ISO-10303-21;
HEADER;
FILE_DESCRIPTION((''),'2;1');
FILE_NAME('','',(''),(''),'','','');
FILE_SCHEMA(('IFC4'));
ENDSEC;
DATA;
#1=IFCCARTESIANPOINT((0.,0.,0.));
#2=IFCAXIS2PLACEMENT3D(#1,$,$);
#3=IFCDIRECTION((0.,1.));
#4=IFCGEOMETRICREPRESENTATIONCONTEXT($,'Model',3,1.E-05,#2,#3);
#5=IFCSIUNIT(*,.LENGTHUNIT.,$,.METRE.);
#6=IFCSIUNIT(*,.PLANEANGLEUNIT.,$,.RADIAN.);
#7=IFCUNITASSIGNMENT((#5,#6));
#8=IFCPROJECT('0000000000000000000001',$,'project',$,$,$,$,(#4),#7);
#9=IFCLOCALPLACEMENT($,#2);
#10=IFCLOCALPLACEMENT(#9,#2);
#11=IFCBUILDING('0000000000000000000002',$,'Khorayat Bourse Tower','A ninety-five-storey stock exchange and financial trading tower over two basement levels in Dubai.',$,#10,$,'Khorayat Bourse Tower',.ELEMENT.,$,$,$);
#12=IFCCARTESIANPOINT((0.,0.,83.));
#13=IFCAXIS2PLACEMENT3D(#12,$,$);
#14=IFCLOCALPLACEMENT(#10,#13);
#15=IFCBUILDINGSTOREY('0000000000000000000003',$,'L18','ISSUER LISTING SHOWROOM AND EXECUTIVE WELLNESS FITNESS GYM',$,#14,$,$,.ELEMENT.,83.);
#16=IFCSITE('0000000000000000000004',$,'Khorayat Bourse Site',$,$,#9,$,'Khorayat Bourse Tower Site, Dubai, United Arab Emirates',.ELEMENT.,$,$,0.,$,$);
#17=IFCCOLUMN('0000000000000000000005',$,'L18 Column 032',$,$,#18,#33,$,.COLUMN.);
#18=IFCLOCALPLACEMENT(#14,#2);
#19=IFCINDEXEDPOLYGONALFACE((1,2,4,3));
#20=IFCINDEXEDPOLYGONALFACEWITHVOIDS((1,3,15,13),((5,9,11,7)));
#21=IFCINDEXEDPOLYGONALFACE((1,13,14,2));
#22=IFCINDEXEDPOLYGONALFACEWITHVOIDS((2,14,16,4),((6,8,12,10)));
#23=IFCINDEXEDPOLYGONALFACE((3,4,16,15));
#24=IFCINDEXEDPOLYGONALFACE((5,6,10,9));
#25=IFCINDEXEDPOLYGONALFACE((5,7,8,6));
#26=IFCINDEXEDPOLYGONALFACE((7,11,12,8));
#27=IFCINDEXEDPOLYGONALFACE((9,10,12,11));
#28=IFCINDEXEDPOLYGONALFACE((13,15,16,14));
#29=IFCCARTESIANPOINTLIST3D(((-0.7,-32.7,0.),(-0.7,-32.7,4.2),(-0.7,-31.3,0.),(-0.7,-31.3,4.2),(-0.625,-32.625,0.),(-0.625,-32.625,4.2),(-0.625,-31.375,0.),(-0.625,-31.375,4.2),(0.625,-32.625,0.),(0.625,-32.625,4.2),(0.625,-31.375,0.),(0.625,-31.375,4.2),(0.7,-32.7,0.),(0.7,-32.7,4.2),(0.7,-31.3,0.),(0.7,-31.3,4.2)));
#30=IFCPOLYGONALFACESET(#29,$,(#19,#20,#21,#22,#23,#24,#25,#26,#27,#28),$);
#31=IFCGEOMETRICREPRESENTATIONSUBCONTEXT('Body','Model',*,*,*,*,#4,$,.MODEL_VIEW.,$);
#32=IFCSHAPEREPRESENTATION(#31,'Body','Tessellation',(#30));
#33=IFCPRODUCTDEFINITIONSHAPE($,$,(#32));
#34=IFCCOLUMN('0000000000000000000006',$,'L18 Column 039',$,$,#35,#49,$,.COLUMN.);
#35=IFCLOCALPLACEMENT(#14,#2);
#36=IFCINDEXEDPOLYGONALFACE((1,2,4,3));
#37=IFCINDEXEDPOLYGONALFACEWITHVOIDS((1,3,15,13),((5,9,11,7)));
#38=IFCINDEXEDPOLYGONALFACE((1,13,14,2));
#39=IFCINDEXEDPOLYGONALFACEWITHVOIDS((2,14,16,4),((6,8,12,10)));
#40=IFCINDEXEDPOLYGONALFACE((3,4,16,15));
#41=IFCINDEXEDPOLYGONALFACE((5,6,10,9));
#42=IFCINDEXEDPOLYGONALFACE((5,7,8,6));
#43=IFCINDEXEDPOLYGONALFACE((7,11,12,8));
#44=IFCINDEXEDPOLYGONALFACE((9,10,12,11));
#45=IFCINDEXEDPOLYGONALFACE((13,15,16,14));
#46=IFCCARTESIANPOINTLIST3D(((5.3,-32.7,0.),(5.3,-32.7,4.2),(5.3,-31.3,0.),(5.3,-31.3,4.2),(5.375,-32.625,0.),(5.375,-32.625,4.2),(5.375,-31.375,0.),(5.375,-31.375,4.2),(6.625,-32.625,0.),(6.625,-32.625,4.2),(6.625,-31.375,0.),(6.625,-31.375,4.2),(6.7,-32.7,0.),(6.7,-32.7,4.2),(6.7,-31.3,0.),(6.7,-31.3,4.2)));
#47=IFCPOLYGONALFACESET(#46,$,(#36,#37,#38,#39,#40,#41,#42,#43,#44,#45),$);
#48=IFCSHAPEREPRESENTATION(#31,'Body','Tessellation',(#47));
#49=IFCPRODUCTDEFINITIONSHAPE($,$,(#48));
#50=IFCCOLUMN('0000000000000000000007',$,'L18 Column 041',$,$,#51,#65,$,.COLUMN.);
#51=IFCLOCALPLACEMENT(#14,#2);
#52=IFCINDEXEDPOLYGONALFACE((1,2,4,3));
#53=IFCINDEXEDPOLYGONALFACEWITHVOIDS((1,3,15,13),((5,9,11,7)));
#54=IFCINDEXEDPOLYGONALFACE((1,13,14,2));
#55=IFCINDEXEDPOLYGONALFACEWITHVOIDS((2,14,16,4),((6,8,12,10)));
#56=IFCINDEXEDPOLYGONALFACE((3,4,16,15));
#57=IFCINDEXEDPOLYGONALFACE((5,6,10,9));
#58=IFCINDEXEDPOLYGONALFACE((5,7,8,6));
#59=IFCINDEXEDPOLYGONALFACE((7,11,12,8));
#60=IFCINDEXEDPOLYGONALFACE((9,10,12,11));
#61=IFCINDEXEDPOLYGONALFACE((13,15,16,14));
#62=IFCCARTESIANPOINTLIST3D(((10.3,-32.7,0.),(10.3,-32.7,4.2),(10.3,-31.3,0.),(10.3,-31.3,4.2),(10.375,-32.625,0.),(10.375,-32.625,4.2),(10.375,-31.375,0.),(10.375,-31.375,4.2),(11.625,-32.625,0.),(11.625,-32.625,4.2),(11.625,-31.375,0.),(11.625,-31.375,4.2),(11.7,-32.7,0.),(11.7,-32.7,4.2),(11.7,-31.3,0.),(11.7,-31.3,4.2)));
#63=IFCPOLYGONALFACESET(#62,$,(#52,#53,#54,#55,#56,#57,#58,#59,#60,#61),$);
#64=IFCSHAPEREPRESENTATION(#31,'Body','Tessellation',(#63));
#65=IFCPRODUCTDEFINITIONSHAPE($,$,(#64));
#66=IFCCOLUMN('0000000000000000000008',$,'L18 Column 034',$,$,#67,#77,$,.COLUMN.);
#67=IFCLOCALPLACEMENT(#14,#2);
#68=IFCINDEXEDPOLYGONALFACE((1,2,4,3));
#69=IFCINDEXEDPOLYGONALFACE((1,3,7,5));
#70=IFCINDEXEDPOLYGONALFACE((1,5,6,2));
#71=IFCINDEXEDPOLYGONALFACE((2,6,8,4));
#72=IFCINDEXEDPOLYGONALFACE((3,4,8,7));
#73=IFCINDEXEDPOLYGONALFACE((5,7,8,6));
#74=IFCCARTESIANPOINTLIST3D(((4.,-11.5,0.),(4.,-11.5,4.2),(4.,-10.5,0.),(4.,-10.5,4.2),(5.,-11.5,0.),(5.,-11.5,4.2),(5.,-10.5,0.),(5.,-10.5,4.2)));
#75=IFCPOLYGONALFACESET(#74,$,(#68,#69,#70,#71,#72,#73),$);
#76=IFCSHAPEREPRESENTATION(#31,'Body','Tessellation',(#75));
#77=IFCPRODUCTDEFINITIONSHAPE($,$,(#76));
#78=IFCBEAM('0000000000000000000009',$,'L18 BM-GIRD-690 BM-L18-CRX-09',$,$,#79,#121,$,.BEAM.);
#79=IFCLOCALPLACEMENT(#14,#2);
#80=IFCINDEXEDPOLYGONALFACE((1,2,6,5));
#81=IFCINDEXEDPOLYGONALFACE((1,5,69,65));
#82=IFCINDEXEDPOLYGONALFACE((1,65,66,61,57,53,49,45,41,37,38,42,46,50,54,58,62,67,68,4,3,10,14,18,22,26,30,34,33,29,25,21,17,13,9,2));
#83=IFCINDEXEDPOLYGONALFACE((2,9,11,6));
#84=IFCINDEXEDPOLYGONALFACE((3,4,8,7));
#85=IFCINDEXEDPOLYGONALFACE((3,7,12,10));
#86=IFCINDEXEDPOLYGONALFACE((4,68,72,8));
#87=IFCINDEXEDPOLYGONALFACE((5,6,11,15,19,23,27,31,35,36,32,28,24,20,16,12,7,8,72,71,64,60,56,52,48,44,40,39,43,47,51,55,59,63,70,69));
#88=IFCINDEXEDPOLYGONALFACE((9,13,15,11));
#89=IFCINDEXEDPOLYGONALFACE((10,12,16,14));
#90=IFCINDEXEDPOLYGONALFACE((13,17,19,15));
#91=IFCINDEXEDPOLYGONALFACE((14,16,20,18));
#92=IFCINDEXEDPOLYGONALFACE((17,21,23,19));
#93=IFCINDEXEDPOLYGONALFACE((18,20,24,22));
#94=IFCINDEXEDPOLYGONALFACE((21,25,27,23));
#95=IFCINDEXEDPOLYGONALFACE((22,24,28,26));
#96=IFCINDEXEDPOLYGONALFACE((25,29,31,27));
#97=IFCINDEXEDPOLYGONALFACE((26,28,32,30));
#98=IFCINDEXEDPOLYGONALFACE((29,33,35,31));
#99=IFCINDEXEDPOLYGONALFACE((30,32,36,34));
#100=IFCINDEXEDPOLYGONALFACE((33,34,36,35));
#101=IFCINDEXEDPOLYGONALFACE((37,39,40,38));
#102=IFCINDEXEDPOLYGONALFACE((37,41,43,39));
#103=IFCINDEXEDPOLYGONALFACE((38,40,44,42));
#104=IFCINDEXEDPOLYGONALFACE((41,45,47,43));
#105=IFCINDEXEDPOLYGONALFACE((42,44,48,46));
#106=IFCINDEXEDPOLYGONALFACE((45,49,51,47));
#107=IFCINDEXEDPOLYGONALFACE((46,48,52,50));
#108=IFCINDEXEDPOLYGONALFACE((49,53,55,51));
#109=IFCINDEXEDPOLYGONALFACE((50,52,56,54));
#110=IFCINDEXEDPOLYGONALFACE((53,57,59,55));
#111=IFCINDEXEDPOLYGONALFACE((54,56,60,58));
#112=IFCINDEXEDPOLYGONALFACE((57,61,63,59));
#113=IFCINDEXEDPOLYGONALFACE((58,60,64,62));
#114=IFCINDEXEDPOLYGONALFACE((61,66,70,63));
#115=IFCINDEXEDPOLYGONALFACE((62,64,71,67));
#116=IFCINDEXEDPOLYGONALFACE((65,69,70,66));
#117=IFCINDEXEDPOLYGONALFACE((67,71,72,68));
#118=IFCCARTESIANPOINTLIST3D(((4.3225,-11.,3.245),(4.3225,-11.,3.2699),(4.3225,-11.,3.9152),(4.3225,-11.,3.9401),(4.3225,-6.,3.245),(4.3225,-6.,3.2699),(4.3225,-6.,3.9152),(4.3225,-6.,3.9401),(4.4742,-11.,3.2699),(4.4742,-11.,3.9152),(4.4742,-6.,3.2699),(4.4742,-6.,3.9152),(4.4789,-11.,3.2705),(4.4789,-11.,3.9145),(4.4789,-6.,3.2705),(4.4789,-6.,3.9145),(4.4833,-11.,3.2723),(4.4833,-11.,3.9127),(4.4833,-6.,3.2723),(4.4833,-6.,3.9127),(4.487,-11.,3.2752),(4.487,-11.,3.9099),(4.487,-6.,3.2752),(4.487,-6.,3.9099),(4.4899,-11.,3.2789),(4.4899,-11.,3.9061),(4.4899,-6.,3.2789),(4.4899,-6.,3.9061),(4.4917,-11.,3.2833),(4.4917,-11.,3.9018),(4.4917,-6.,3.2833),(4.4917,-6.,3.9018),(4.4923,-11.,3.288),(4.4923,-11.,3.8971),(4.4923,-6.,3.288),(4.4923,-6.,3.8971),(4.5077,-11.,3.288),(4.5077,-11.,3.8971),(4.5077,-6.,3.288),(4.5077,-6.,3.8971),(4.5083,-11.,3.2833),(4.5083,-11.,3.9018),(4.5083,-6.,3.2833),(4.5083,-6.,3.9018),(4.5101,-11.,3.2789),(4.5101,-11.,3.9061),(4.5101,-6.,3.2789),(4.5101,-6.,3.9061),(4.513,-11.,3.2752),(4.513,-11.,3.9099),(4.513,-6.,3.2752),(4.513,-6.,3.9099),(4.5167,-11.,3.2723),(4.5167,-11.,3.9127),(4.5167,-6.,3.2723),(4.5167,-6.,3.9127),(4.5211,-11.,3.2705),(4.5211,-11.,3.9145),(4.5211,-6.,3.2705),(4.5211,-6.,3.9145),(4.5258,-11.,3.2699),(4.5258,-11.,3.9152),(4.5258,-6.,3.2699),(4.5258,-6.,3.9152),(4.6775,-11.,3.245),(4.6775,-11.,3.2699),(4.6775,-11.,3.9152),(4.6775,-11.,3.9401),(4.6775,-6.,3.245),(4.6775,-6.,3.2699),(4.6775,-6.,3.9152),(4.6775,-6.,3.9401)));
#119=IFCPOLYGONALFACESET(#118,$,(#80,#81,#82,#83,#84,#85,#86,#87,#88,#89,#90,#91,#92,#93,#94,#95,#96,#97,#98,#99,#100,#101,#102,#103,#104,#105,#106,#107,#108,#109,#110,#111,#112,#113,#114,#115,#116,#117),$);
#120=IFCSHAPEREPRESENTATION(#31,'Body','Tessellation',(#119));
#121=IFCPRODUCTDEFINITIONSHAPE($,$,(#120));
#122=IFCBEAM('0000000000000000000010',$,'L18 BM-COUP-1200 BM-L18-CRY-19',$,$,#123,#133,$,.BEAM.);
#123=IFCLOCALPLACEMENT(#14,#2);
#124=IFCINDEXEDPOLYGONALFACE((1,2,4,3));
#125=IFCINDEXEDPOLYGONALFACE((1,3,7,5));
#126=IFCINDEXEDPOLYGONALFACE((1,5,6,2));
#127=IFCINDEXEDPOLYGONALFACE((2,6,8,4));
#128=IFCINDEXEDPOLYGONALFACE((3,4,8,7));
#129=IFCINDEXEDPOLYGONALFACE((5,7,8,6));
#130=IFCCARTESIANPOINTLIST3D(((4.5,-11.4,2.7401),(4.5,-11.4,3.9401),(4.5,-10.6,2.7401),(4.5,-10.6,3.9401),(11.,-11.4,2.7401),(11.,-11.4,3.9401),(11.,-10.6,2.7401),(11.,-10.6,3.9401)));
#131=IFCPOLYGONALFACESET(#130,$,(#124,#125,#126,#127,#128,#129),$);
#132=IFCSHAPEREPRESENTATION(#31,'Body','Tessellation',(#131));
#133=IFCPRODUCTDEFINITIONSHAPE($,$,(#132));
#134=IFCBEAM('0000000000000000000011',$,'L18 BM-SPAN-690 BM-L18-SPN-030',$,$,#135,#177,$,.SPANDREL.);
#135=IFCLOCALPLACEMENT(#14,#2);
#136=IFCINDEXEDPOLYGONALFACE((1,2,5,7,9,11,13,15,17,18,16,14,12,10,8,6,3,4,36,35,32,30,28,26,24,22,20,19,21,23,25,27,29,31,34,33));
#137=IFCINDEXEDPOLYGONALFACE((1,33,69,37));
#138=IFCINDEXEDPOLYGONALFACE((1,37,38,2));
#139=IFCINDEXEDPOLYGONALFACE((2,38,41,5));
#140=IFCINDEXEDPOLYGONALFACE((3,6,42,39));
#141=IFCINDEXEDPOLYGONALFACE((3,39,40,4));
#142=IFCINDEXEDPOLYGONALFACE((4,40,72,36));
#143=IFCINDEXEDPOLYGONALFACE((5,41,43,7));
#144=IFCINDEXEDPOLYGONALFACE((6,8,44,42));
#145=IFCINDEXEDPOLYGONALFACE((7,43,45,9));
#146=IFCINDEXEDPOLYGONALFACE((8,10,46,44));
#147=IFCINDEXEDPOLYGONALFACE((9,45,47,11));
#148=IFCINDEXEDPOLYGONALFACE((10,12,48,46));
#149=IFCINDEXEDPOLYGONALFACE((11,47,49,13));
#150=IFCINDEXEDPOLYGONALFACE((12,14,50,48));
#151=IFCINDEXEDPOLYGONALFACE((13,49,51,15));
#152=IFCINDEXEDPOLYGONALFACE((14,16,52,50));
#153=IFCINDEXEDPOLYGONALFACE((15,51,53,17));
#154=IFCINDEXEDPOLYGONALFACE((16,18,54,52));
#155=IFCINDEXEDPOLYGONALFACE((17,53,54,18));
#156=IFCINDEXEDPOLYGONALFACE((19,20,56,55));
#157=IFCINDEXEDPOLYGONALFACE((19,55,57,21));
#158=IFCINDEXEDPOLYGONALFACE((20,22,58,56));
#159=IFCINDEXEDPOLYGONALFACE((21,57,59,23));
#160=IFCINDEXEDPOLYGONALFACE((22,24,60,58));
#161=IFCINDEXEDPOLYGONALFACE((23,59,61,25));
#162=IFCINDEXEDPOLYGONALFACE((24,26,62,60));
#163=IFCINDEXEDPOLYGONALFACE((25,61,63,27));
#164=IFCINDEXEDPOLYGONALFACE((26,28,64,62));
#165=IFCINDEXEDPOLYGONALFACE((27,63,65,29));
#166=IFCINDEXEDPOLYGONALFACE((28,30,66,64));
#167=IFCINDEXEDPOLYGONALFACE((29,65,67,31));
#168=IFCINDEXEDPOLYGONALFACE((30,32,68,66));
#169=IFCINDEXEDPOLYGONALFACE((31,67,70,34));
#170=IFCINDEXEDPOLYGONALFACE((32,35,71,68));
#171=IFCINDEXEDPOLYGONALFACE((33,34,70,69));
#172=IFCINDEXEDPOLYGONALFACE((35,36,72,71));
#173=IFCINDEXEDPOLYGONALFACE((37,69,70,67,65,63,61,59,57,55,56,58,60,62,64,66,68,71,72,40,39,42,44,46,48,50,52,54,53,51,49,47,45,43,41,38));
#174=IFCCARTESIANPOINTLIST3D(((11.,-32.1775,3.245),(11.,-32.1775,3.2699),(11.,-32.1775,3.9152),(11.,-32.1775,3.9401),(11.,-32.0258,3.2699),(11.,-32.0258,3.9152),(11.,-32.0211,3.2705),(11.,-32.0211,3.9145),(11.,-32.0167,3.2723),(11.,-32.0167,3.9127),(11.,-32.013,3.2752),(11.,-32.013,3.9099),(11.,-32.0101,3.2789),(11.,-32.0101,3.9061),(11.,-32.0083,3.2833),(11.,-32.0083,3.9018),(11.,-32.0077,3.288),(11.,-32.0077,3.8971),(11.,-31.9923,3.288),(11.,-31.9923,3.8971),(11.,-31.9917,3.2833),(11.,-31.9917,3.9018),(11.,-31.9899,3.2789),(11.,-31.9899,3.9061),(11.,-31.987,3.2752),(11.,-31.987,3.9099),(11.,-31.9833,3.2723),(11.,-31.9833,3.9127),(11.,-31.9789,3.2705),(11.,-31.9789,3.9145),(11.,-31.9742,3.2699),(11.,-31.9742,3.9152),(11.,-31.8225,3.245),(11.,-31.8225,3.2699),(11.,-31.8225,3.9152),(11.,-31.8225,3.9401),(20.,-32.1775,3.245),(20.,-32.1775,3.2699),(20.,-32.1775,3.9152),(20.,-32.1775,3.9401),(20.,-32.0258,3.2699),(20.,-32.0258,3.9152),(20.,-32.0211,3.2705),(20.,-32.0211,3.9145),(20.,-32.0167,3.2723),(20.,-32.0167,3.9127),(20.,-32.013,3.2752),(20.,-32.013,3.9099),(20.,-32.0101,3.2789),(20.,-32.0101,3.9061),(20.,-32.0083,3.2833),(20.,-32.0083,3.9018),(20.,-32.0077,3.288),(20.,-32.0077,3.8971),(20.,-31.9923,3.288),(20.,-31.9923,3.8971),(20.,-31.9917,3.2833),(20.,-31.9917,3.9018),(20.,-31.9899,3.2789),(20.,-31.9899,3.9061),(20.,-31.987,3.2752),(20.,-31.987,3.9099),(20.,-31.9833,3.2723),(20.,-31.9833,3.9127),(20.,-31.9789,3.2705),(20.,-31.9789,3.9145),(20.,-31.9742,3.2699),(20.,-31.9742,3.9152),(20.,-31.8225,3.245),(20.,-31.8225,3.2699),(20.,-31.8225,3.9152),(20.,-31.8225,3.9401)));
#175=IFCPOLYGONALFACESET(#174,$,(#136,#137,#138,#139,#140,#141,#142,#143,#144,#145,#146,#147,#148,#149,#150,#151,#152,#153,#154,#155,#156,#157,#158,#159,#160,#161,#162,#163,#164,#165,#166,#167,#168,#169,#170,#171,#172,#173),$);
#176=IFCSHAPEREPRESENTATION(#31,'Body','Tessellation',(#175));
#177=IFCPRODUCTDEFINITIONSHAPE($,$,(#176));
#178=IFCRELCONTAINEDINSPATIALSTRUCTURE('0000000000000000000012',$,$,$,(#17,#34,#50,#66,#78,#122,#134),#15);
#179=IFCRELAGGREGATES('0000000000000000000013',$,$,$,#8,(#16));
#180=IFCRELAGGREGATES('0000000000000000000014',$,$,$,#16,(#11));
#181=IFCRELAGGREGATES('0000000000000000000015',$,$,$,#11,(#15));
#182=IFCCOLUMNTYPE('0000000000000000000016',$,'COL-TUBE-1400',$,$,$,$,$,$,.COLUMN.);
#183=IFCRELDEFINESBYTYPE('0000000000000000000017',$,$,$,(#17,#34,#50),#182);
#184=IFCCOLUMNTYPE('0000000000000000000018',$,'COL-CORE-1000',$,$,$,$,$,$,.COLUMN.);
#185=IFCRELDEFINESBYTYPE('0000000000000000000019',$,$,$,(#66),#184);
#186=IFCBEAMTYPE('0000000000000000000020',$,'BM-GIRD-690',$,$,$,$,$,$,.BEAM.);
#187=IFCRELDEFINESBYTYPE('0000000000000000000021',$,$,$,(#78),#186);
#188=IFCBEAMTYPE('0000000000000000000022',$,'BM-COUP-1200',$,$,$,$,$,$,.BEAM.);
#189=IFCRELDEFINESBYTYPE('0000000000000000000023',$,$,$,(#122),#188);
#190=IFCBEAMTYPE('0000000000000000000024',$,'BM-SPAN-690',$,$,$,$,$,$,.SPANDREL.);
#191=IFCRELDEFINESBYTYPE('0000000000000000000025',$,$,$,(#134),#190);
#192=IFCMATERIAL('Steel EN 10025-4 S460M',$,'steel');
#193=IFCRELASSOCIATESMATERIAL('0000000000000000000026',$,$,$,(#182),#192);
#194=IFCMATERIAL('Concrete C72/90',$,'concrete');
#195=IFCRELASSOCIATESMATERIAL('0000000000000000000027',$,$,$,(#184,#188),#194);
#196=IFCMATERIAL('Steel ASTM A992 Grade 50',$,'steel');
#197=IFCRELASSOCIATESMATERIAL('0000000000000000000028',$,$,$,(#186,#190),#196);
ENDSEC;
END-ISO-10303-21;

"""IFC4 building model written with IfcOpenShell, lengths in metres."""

from ifc_helpers import new_model, si_unit, direction, frame, origin, origin_2d, place, context, subcontext, project, spatial, rectangle, hollow_rectangle, i_section, extrude, source, transform, mapped, material, material_profile, profile_set, type_object, element, save


model = new_model("IFC4")

# Units and contexts
model_context = context("Model", 3, precision=1e-05, world=origin(), true_north=direction((0.0, 1.0)))
body_context = subcontext(model_context, "Body", "Model", "MODEL_VIEW")
ifc_project = project(units=[si_unit("LENGTHUNIT", "METRE"), si_unit("PLANEANGLEUNIT", "RADIAN")], contexts=[model_context])

# Site, building, storey
site_placement = place(None, origin())
site = spatial("IfcSite", under=ifc_project, at=site_placement, Name="Khorayat Bourse Site", LongName="Khorayat Bourse Tower Site, Dubai, United Arab Emirates", CompositionType="ELEMENT", RefElevation=0.0)
building_placement = place(site_placement, origin())
building = spatial("IfcBuilding", under=site, at=building_placement, Name="Khorayat Bourse Tower", Description="A ninety-five-storey stock exchange and financial trading tower over two basement levels in Dubai.", LongName="Khorayat Bourse Tower", CompositionType="ELEMENT")
storey_placement = place(building_placement, frame((0.0, 0.0, 83.0)))
storey = spatial("IfcBuildingStorey", under=building, at=storey_placement, Name="L18", Description="ISSUER LISTING SHOWROOM AND EXECUTIVE WELLNESS FITNESS GYM", CompositionType="ELEMENT", Elevation=83.0)

# Columns
ifc_material_1 = material(Name="Steel EN 10025-4 S460M", Category="steel")
ifc_material_profile_1 = material_profile(ifc_material_1, hollow_rectangle(XDim=1.3999, YDim=1.3999, WallThickness=0.075, at=origin_2d()), Name="BOX 1400x1400x75")
ifc_profile_set_1 = profile_set([ifc_material_profile_1], Name="Steel EN 10025-4 S460M")
column_type_1 = type_object("IfcColumnType", Name="COL-TUBE-1400", PredefinedType="COLUMN", material=ifc_profile_set_1)
shared_shape_1 = source(origin(), body_context, "Body", "SweptSolid", [
    extrude(hollow_rectangle(XDim=1.3999, YDim=1.3999, WallThickness=0.075, at=origin_2d()), origin(), (0.0, 0.0, 1.0), 4.2),
])
for number, where, z_axis, x_axis, name in (
    (1, (0.0, -32.0, 0.0), (0.0, 0.0, 1.0), (1.0, 0.0, 0.0), "L18 Column 032"),
    (2, (6.0, -32.0, 0.0), (0.0, 0.0, 1.0), (1.0, 0.0, 0.0), "L18 Column 039"),
    (3, (11.0, -32.0, 0.0), (0.0, 0.0, 1.0), (1.0, 0.0, 0.0), "L18 Column 041"),
):
    element("IfcColumn", number, at=place(storey_placement, frame(where, z_axis=z_axis, x_axis=x_axis)), inside=storey, type_object=column_type_1, Name=name, PredefinedType="COLUMN", context=body_context, shape_type="MappedRepresentation", body=[
        mapped(shared_shape_1, transform((0.0, 0.0, 0.0), scale=1.0)),
    ])
ifc_material_2 = material(Name="Concrete C72/90", Category="concrete")
ifc_material_profile_2 = material_profile(ifc_material_2, rectangle(XDim=1.0, YDim=1.0, at=origin_2d()), Name="RC 1000x1000")
ifc_profile_set_2 = profile_set([ifc_material_profile_2], Name="Concrete C72/90")
column_type_2 = type_object("IfcColumnType", Name="COL-CORE-1000", PredefinedType="COLUMN", material=ifc_profile_set_2)
shared_shape_2 = source(origin(), body_context, "Body", "SweptSolid", [
    extrude(rectangle(XDim=1.0, YDim=1.0, at=origin_2d()), origin(), (0.0, 0.0, 1.0), 4.2),
])
column_placement = place(storey_placement, frame((4.5, -11.0, 0.0), z_axis=(0.0, 0.0, 1.0), x_axis=(1.0, 0.0, 0.0)))
element("IfcColumn", 4, at=column_placement, inside=storey, type_object=column_type_2, Name="L18 Column 034", PredefinedType="COLUMN", context=body_context, shape_type="MappedRepresentation", body=[
    mapped(shared_shape_2, transform((0.0, 0.0, 0.0), scale=1.0)),
])

# Beams
ifc_material_3 = material(Name="Steel ASTM A992 Grade 50", Category="steel")
ifc_material_profile_3 = material_profile(ifc_material_3, i_section(OverallWidth=0.355, OverallDepth=0.6951, WebThickness=0.0154, FlangeThickness=0.0249, FilletRadius=0.0181, at=origin_2d()), Name="W690X217")
ifc_profile_set_3 = profile_set([ifc_material_profile_3], Name="Steel ASTM A992 Grade 50")
beam_type_1 = type_object("IfcBeamType", Name="BM-GIRD-690", PredefinedType="BEAM", material=ifc_profile_set_3)
shared_shape_3 = source(origin(), body_context, "Body", "SweptSolid", [
    extrude(i_section(OverallWidth=0.355, OverallDepth=0.6951, WebThickness=0.0154, FlangeThickness=0.0249, FilletRadius=0.0181, at=origin_2d()), origin(), (0.0, 0.0, 1.0), 5.0),
])
beam_1_placement = place(storey_placement, frame((4.5, -11.0, 3.5925), z_axis=(0.0, 1.0, 0.0), x_axis=(-1.0, 0.0, 0.0)))
element("IfcBeam", 5, at=beam_1_placement, inside=storey, type_object=beam_type_1, Name="L18 BM-GIRD-690 BM-L18-CRX-09", PredefinedType="BEAM", context=body_context, shape_type="MappedRepresentation", body=[
    mapped(shared_shape_3, transform((0.0, 0.0, 0.0), scale=1.0)),
])
ifc_material_profile_4 = material_profile(ifc_material_2, rectangle(XDim=0.8, YDim=1.2, at=origin_2d()), Name="RC 800x1200")
ifc_profile_set_4 = profile_set([ifc_material_profile_4], Name="Concrete C72/90")
beam_type_2 = type_object("IfcBeamType", Name="BM-COUP-1200", PredefinedType="BEAM", material=ifc_profile_set_4)
shared_shape_4 = source(origin(), body_context, "Body", "SweptSolid", [
    extrude(rectangle(XDim=0.8, YDim=1.2, at=origin_2d()), origin(), (0.0, 0.0, 1.0), 6.5),
])
beam_2_placement = place(storey_placement, frame((4.5, -11.0, 3.3401), z_axis=(1.0, 0.0, 0.0), x_axis=(0.0, 1.0, 0.0)))
element("IfcBeam", 6, at=beam_2_placement, inside=storey, type_object=beam_type_2, Name="L18 BM-COUP-1200 BM-L18-CRY-19", PredefinedType="BEAM", context=body_context, shape_type="MappedRepresentation", body=[
    mapped(shared_shape_4, transform((0.0, 0.0, 0.0), scale=1.0)),
])
ifc_material_profile_5 = material_profile(ifc_material_3, i_section(OverallWidth=0.355, OverallDepth=0.6951, WebThickness=0.0154, FlangeThickness=0.0249, FilletRadius=0.0181, at=origin_2d()), Name="W690X217")
ifc_profile_set_5 = profile_set([ifc_material_profile_5], Name="Steel ASTM A992 Grade 50")
beam_type_3 = type_object("IfcBeamType", Name="BM-SPAN-690", PredefinedType="SPANDREL", material=ifc_profile_set_5)
shared_shape_5 = source(origin(), body_context, "Body", "SweptSolid", [
    extrude(i_section(OverallWidth=0.355, OverallDepth=0.6951, WebThickness=0.0154, FlangeThickness=0.0249, FilletRadius=0.0181, at=origin_2d()), origin(), (0.0, 0.0, 1.0), 9.0),
])
beam_3_placement = place(storey_placement, frame((11.0, -32.0, 3.5925), z_axis=(1.0, 0.0, 0.0), x_axis=(0.0, 1.0, 0.0)))
element("IfcBeam", 7, at=beam_3_placement, inside=storey, type_object=beam_type_3, Name="L18 BM-SPAN-690 BM-L18-SPN-030", PredefinedType="SPANDREL", context=body_context, shape_type="MappedRepresentation", body=[
    mapped(shared_shape_5, transform((0.0, 0.0, 0.0), scale=1.0)),
])

save(model, "model.ifc")
